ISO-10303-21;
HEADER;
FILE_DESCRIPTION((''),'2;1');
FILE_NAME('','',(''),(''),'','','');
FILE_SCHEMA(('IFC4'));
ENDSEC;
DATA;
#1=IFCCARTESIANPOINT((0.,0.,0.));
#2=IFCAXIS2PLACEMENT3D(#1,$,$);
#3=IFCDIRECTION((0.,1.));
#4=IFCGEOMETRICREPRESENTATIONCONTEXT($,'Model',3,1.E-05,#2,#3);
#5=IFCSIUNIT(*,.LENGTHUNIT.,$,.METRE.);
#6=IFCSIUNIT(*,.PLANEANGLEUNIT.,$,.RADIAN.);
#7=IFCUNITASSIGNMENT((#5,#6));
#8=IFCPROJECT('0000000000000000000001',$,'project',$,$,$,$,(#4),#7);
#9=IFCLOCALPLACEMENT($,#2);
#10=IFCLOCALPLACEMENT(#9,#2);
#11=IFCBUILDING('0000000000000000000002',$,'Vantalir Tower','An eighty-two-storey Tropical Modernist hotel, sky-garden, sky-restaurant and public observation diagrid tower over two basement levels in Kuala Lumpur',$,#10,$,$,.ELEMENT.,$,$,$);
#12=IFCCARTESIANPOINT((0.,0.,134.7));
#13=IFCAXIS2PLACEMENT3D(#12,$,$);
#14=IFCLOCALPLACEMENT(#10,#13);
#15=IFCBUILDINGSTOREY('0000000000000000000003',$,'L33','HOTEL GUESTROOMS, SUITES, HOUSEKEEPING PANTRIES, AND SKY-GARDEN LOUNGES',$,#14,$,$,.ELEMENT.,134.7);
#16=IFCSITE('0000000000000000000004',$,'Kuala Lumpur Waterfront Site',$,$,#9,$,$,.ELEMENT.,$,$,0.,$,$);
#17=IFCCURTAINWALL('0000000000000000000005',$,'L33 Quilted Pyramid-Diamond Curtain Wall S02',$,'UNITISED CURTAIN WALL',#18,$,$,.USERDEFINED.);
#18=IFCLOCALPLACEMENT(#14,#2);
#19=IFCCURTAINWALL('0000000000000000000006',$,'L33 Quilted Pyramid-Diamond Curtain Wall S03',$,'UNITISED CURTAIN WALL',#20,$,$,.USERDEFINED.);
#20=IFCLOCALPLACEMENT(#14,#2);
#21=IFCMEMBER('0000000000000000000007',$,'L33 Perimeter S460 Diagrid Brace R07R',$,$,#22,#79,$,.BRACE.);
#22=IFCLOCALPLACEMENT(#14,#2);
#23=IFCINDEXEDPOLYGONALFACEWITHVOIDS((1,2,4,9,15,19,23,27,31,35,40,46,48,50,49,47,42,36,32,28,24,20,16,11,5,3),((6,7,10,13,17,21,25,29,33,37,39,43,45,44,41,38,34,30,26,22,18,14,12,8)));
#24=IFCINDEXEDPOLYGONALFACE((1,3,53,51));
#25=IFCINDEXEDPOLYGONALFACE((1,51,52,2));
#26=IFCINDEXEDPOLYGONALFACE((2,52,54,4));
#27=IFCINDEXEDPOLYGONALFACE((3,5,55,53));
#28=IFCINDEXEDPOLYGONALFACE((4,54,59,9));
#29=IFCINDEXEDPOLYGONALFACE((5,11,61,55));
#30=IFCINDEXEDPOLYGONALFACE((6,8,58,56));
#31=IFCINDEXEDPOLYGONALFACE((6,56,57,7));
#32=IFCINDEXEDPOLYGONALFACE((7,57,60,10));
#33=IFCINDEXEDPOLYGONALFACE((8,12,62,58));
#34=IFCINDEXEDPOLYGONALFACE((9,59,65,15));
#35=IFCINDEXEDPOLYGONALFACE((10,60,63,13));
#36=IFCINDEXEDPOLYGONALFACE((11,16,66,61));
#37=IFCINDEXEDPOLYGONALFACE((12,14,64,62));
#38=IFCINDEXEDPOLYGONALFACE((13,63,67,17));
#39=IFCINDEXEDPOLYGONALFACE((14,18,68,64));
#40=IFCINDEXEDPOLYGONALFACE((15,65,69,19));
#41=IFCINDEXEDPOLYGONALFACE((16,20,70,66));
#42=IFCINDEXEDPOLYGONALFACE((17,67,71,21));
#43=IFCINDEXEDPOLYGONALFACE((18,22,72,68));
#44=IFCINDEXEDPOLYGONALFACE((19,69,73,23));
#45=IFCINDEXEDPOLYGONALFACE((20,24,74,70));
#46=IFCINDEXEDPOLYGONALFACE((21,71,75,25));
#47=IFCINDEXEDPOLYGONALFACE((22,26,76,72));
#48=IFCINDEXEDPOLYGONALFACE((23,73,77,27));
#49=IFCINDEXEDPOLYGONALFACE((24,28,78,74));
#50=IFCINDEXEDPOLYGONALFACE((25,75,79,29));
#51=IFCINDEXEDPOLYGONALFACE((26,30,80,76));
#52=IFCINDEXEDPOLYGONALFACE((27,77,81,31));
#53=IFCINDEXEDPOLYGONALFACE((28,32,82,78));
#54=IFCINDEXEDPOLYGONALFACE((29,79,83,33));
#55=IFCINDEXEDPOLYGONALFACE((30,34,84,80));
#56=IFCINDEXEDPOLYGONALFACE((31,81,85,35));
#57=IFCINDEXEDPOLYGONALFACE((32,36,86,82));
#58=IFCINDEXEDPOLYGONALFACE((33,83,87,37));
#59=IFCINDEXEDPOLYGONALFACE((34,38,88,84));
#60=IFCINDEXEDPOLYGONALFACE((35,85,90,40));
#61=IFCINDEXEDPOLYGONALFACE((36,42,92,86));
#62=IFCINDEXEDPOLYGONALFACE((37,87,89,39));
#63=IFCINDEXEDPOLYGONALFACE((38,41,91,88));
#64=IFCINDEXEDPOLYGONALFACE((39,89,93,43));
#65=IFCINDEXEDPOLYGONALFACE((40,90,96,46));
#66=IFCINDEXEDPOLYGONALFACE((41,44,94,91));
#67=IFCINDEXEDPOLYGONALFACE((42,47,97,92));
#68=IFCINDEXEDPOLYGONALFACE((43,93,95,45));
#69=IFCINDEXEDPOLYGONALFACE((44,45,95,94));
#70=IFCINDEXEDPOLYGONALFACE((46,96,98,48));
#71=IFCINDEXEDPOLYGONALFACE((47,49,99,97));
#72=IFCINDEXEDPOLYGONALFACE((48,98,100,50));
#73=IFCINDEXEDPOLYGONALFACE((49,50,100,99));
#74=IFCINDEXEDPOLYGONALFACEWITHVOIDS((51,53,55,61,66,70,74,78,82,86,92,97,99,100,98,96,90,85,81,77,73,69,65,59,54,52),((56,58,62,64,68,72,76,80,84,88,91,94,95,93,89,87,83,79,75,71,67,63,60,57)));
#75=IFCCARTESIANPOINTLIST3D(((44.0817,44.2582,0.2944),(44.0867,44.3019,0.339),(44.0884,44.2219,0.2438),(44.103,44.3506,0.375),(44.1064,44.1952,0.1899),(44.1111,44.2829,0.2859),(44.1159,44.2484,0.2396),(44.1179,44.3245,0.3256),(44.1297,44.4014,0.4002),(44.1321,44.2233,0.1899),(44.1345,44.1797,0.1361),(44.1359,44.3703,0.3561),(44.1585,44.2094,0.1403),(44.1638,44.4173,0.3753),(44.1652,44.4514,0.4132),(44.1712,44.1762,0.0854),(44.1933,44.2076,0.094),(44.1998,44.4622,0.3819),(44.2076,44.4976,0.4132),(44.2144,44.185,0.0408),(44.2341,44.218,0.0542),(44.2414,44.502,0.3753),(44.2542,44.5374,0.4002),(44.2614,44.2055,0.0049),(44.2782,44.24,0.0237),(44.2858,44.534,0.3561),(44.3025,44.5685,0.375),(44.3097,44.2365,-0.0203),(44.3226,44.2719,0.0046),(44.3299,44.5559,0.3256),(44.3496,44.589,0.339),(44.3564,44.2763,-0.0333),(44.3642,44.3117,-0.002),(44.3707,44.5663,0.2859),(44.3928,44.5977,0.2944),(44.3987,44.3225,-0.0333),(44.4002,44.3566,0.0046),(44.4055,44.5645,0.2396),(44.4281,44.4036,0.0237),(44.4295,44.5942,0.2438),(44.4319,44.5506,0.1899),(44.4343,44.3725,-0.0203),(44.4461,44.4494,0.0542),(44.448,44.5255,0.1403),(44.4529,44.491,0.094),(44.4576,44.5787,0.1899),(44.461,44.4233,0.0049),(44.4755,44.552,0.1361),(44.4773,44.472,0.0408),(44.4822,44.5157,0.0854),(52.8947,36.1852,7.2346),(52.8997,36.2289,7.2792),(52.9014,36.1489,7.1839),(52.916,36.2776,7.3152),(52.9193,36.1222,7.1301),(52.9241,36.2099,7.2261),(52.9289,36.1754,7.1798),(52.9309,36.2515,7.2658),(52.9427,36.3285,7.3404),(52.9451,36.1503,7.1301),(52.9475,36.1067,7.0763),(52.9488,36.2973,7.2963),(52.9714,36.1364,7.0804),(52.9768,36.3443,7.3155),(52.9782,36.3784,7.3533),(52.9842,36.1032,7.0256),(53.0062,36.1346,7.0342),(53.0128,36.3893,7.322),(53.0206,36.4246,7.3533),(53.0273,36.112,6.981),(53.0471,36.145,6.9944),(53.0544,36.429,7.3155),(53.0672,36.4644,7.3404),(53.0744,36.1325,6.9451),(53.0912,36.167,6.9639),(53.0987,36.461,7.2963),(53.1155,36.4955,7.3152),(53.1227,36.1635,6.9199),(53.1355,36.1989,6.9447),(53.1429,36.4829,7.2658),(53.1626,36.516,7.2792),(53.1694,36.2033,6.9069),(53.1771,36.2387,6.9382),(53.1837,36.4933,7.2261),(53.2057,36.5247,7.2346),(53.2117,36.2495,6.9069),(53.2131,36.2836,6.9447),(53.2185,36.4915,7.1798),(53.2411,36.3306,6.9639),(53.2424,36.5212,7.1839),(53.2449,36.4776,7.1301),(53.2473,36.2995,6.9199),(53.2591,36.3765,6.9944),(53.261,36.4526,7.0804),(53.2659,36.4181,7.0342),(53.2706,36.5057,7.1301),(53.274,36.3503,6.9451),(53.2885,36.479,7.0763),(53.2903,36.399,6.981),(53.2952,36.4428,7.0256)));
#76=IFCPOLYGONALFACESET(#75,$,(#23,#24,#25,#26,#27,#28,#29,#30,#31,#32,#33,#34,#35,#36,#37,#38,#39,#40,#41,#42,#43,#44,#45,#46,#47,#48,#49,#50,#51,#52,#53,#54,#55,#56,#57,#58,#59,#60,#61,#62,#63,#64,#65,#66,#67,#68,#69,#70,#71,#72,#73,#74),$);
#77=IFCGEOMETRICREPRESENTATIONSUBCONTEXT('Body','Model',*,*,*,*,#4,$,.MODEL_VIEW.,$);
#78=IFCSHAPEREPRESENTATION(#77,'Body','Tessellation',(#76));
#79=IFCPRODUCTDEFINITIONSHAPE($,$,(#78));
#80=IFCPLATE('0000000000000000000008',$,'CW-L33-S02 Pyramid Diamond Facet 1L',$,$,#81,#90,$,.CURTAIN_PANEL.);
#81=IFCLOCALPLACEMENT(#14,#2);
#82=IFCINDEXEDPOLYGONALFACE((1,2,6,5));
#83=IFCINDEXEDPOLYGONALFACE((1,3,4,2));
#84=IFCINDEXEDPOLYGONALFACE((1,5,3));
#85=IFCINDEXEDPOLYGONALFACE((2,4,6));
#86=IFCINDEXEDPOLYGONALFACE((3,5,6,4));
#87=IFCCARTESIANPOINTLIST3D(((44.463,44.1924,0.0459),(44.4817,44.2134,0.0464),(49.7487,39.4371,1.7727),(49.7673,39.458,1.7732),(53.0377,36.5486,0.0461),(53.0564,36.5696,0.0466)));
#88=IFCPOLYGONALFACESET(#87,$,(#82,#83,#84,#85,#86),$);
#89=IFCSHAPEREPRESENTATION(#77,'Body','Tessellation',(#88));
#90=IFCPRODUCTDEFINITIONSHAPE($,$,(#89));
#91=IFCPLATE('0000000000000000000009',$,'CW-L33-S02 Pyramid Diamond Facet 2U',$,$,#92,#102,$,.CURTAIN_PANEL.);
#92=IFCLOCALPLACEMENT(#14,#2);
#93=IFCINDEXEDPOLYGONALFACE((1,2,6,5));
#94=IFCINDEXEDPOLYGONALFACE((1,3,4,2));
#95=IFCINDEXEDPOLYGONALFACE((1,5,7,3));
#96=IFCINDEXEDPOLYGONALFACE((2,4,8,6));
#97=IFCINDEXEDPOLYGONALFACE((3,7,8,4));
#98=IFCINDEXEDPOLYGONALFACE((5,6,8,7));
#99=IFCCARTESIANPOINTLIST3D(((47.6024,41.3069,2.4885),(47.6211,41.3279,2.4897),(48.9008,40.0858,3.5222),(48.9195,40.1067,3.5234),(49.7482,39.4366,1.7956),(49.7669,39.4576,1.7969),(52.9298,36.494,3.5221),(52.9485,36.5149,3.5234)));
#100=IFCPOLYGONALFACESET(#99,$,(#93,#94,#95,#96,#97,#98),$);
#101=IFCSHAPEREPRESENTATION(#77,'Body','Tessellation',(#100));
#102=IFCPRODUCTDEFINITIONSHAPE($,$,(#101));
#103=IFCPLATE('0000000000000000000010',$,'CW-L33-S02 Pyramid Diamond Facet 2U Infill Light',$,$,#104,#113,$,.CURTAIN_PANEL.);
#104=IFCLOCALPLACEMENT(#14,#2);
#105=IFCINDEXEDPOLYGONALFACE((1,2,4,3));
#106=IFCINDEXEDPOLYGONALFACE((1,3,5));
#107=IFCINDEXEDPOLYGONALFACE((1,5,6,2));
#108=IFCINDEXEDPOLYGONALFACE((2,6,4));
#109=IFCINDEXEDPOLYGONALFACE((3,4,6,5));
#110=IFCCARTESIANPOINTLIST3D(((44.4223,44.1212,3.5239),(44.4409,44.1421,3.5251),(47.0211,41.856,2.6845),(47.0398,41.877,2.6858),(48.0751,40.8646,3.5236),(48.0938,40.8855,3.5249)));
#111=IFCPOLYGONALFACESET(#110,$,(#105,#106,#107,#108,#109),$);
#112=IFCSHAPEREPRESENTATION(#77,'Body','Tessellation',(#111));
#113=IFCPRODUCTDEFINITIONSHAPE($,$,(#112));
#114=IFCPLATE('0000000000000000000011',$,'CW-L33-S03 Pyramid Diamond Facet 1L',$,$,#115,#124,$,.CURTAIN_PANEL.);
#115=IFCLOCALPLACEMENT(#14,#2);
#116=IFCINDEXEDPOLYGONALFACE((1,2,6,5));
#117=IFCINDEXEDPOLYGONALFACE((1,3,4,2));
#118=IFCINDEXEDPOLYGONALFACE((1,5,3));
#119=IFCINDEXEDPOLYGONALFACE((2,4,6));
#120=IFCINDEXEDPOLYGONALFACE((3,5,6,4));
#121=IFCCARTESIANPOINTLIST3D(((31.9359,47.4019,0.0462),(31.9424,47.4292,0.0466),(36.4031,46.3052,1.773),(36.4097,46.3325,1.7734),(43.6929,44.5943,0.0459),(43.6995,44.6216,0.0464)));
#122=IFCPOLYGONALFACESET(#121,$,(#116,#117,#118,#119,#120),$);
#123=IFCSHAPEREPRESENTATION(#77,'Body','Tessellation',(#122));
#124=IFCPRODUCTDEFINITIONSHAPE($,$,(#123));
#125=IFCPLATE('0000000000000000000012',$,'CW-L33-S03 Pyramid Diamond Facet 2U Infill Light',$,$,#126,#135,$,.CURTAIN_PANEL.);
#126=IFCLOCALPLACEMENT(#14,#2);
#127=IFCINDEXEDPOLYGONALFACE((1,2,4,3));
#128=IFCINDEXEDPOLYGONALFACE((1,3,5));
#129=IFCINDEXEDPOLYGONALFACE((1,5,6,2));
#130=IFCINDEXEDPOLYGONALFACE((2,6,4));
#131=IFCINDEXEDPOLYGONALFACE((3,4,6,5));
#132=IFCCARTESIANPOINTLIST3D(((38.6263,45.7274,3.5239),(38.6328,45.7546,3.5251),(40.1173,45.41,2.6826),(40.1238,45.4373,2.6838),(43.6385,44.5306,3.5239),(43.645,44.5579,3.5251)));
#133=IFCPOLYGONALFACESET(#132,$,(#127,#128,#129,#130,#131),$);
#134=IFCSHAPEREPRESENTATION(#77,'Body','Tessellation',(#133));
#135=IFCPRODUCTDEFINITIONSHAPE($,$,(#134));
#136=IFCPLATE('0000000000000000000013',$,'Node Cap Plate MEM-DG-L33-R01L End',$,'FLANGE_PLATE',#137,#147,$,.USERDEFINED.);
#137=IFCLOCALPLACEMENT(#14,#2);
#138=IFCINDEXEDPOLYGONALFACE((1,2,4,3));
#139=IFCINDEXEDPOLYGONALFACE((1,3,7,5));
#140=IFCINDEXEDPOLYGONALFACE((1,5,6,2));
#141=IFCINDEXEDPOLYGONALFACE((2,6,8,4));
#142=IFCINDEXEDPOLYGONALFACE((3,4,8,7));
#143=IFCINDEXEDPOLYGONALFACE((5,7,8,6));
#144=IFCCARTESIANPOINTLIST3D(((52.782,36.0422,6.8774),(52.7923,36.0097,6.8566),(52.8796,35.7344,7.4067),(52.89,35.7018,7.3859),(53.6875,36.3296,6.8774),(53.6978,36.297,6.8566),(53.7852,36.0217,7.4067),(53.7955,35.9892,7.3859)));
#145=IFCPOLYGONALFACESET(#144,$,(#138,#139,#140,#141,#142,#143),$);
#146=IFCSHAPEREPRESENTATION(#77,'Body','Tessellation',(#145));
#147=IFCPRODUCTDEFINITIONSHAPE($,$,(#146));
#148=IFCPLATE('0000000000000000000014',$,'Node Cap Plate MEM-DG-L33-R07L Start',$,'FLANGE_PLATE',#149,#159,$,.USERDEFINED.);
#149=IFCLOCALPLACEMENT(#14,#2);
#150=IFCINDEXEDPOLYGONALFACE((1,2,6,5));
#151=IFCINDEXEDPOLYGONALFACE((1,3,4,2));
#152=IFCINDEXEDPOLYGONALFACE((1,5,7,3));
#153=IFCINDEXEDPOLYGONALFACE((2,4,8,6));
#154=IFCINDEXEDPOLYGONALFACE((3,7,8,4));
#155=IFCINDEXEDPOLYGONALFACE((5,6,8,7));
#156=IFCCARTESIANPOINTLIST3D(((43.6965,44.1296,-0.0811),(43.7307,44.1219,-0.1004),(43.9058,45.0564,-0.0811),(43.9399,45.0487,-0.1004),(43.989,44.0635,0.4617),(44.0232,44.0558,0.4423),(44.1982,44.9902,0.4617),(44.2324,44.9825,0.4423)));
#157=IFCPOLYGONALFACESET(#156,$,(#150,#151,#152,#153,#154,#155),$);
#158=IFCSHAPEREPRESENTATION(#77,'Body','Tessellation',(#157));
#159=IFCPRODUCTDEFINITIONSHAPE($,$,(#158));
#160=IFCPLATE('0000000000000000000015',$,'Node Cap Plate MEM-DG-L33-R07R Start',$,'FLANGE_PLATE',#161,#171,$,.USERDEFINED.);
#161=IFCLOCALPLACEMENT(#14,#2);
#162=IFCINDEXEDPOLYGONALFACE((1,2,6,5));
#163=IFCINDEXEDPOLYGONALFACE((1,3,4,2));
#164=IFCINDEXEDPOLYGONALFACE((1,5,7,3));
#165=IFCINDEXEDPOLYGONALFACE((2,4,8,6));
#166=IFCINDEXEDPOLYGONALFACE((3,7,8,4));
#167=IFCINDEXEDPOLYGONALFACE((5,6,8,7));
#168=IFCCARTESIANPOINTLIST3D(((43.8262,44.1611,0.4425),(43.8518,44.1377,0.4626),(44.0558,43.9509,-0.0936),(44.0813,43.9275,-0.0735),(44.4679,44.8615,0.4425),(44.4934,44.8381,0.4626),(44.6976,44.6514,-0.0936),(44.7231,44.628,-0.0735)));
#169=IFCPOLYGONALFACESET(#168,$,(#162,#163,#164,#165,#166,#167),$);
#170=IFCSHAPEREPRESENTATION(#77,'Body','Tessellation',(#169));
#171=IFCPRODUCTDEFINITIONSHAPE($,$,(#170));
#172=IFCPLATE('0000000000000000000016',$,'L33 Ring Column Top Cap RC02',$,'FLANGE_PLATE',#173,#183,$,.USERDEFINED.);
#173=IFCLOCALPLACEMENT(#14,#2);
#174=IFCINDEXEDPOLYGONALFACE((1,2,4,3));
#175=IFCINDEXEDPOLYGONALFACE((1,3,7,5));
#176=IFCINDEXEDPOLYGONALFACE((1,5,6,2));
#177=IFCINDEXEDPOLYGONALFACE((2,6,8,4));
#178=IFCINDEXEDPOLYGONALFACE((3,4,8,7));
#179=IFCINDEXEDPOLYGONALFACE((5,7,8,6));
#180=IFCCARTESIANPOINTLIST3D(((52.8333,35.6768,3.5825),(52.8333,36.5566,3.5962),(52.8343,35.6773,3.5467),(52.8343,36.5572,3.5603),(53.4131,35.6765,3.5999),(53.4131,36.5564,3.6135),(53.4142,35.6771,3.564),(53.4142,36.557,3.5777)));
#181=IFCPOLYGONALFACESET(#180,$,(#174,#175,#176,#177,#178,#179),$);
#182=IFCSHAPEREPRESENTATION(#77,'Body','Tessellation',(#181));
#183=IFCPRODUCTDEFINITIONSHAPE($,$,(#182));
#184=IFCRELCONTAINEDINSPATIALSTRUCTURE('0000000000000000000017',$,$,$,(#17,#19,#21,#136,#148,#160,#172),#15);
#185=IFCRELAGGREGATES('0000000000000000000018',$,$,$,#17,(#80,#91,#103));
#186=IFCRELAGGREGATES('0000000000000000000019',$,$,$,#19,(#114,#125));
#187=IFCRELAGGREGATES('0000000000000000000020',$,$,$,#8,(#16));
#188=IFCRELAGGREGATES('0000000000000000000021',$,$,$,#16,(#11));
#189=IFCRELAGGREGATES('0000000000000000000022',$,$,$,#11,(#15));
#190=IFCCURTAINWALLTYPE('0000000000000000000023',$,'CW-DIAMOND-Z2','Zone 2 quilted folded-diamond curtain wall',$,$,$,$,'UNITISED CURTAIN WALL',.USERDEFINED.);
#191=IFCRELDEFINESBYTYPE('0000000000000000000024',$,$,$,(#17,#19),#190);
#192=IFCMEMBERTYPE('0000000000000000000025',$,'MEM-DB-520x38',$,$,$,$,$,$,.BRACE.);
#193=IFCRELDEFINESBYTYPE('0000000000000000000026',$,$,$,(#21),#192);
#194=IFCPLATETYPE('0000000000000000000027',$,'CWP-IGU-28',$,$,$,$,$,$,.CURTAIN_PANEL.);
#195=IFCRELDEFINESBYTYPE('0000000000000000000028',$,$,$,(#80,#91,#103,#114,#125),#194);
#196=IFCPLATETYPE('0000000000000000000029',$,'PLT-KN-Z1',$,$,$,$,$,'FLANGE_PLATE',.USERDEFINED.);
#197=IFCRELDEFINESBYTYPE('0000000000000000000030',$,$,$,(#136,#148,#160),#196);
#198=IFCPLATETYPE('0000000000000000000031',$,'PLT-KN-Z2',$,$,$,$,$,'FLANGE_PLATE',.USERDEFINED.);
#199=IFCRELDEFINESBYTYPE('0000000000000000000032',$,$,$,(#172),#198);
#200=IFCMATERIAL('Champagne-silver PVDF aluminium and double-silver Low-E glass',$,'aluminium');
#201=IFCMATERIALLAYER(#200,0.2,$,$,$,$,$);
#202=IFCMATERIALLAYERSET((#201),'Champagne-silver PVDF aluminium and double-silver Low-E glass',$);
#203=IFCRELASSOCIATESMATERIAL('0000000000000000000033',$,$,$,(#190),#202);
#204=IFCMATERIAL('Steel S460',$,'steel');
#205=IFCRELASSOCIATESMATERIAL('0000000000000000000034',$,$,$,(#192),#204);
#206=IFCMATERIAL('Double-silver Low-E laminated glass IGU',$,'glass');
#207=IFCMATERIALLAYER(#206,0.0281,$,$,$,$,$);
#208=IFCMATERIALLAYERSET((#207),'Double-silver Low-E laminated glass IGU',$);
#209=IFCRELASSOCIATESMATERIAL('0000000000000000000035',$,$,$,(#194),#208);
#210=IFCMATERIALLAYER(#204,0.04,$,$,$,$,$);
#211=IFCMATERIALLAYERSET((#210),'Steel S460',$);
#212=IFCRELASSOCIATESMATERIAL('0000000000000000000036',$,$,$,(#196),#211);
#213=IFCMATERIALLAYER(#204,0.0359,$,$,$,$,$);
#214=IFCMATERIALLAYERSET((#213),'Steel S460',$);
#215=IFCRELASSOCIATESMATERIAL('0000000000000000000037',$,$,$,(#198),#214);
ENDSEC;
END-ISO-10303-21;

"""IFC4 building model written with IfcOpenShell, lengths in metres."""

from ifc_helpers import new_model, si_unit, direction, frame, origin, origin_2d, place, context, subcontext, project, spatial, polyline, hollow_circle, outline, extrude, material, layer, layer_set, material_profile, profile_set, type_object, element, aggregate, save


model = new_model("IFC4")

# Units and contexts
model_context = context("Model", 3, precision=1e-05, world=origin(), true_north=direction((0.0, 1.0)))
body_context = subcontext(model_context, "Body", "Model", "MODEL_VIEW")
ifc_project = project(units=[si_unit("LENGTHUNIT", "METRE"), si_unit("PLANEANGLEUNIT", "RADIAN")], contexts=[model_context])

# Site, building, storey
site_placement = place(None, origin())
site = spatial("IfcSite", under=ifc_project, at=site_placement, Name="Kuala Lumpur Waterfront Site", CompositionType="ELEMENT", RefElevation=0.0)
building_placement = place(site_placement, origin())
building = spatial("IfcBuilding", under=site, at=building_placement, Name="Vantalir Tower", Description="An eighty-two-storey Tropical Modernist hotel, sky-garden, sky-restaurant and public observation diagrid tower over two basement levels in Kuala Lumpur", CompositionType="ELEMENT")
storey_placement = place(building_placement, frame((0.0, 0.0, 134.7)))
storey = spatial("IfcBuildingStorey", under=building, at=storey_placement, Name="L33", Description="HOTEL GUESTROOMS, SUITES, HOUSEKEEPING PANTRIES, AND SKY-GARDEN LOUNGES", CompositionType="ELEMENT", Elevation=134.7)

# Shared definitions
ifc_material_1 = material(Name="Steel S460", Category="steel")

# Curtain wall
ifc_material_2 = material(Name="Champagne-silver PVDF aluminium and double-silver Low-E glass", Category="aluminium")
ifc_layer_1 = layer(ifc_material_2, 0.2)
ifc_layer_set_1 = layer_set([ifc_layer_1], Name="Champagne-silver PVDF aluminium and double-silver Low-E glass")
curtain_wall_type = type_object("IfcCurtainWallType", Name="CW-DIAMOND-Z2", Description="Zone 2 quilted folded-diamond curtain wall", ElementType="UNITISED CURTAIN WALL", PredefinedType="USERDEFINED", material=ifc_layer_set_1)
curtain_wall_1_placement = place(storey_placement, origin())
curtain_wall_1 = element("IfcCurtainWall", 1, at=curtain_wall_1_placement, inside=storey, type_object=curtain_wall_type, Name="L33 Quilted Pyramid-Diamond Curtain Wall S02", ObjectType="UNITISED CURTAIN WALL", PredefinedType="USERDEFINED")

# Curtain wall
curtain_wall_2_placement = place(storey_placement, origin())
curtain_wall_2 = element("IfcCurtainWall", 2, at=curtain_wall_2_placement, inside=storey, type_object=curtain_wall_type, Name="L33 Quilted Pyramid-Diamond Curtain Wall S03", ObjectType="UNITISED CURTAIN WALL", PredefinedType="USERDEFINED")

# Member
ifc_material_profile_1 = material_profile(ifc_material_1, hollow_circle(Radius=0.26, WallThickness=0.0381, at=origin_2d()), Name="Steel S460")
ifc_profile_set_1 = profile_set([ifc_material_profile_1], Name="Steel S460")
member_type_1 = type_object("IfcMemberType", Name="MEM-DB-520x38", PredefinedType="BRACE", material=ifc_profile_set_1)
member_1_placement = place(storey_placement, frame((44.282, 44.387, 0.1899), z_axis=(0.637672, -0.584129, 0.502163), x_axis=(0.675471, 0.737386, 0.0)))
element("IfcMember", 3, at=member_1_placement, inside=storey, type_object=member_type_1, Name="L33 Perimeter S460 Diagrid Brace R07R", PredefinedType="BRACE", context=body_context, shape_type="SweptSolid", body=[
    extrude(hollow_circle(Radius=0.26, WallThickness=0.0381, at=origin_2d()), origin(), (0.0, 0.0, 1.0), 13.8206),
])

# Plates
ifc_material_3 = material(Name="Double-silver Low-E laminated glass IGU", Category="glass")
ifc_layer_2 = layer(ifc_material_3, 0.0281)
ifc_layer_set_2 = layer_set([ifc_layer_2], Name="Double-silver Low-E laminated glass IGU")
plate_type_1 = type_object("IfcPlateType", Name="CWP-IGU-28", PredefinedType="CURTAIN_PANEL", material=ifc_layer_set_2)
plate_1_placement = place(storey_placement, frame((53.0564, 36.5696, 0.0466), z_axis=(0.665307, 0.746333, 0.018828), x_axis=(-0.746465, 0.665425, -0.000021)))
plate_1 = element("IfcPlate", 4, at=plate_1_placement, type_object=plate_type_1, Name="CW-L33-S02 Pyramid Diamond Facet 1L", PredefinedType="CURTAIN_PANEL", context=body_context, shape_type="SweptSolid", body=[
    extrude(outline(polyline([(0.0, 0.0), (11.4871, 0.0), (4.3772, 1.727), (0.0, 0.0)])), origin(), (0.0, 0.0, -1.0), 0.0281),
])
plate_2_placement = place(storey_placement, frame((52.9485, 36.5149, 3.5234), z_axis=(0.664749, 0.745655, 0.045906), x_axis=(-0.746442, 0.66545, 0.000001)))
plate_2 = element("IfcPlate", 5, at=plate_2_placement, type_object=plate_type_1, Name="CW-L33-S02 Pyramid Diamond Facet 2U", PredefinedType="CURTAIN_PANEL", context=body_context, shape_type="SweptSolid", body=[
    extrude(outline(polyline([(0.0, 0.0), (5.3976, 0.0), (7.1794, -1.0348), (4.3331, -1.7284), (0.0, 0.0)])), origin(), (0.0, 0.0, -1.0), 0.0281),
])
plate_3_placement = place(storey_placement, frame((48.0938, 40.8855, 3.5249), z_axis=(0.664758, 0.745638, 0.04605), x_axis=(-0.746431, 0.665462, 0.00005)))
plate_3 = element("IfcPlate", 6, at=plate_3_placement, type_object=plate_type_1, Name="CW-L33-S02 Pyramid Diamond Facet 2U Infill Light", PredefinedType="CURTAIN_PANEL", context=body_context, shape_type="SweptSolid", body=[
    extrude(outline(polyline([(0.0, 0.0), (4.8937, 0.0), (1.4464, -0.8401), (0.0, 0.0)])), origin(), (0.0, 0.0, -1.0), 0.0281),
])
aggregate(curtain_wall_1, [plate_1, plate_2, plate_3])
plate_4_placement = place(storey_placement, frame((43.6995, 44.6216, 0.0464), z_axis=(0.232239, 0.972513, 0.016828), x_axis=(-0.972651, 0.232271, 0.00002)))
plate_4 = element("IfcPlate", 7, at=plate_4_placement, type_object=plate_type_1, Name="CW-L33-S03 Pyramid Diamond Facet 1L", PredefinedType="CURTAIN_PANEL", context=body_context, shape_type="SweptSolid", body=[
    extrude(outline(polyline([(0.0, 0.0), (12.0877, 0.0), (7.4879, 1.7271), (0.0, 0.0)])), origin(), (0.0, 0.0, -1.0), 0.0281),
])
plate_5_placement = place(storey_placement, frame((43.645, 44.5579, 3.5251), z_axis=(0.232013, 0.97169, 0.044604), x_axis=(-0.972658, 0.232244, 0.0)))
plate_5 = element("IfcPlate", 8, at=plate_5_placement, type_object=plate_type_1, Name="CW-L33-S03 Pyramid Diamond Facet 2U Infill Light", PredefinedType="CURTAIN_PANEL", context=body_context, shape_type="SweptSolid", body=[
    extrude(outline(polyline([(0.0, 0.0), (5.1531, 0.0), (3.6292, -0.8421), (0.0, 0.0)])), origin(), (0.0, 0.0, -1.0), 0.0281),
])
aggregate(curtain_wall_2, [plate_4, plate_5])

# Plates
ifc_layer_3 = layer(ifc_material_1, 0.04)
ifc_layer_set_3 = layer_set([ifc_layer_3], Name="Steel S460")
plate_type_2 = type_object("IfcPlateType", Name="PLT-KN-Z1", ElementType="FLANGE_PLATE", PredefinedType="USERDEFINED", material=ifc_layer_set_3)
plate_6_placement = place(storey_placement, frame((53.6875, 36.3296, 6.8774), z_axis=(-0.258198, 0.813641, 0.520886), x_axis=(-0.953158, -0.302472, 0.0)))
element("IfcPlate", 9, at=plate_6_placement, inside=storey, type_object=plate_type_2, Name="Node Cap Plate MEM-DG-L33-R01L End", ObjectType="FLANGE_PLATE", PredefinedType="USERDEFINED", context=body_context, shape_type="SweptSolid", body=[
    extrude(outline(polyline([(0.0, 0.0), (0.95, 0.0), (0.9501, 0.6201), (0.0, 0.6201), (0.0, 0.0)])), origin(), (0.0, 0.0, -1.0), 0.04),
])
plate_7_placement = place(storey_placement, frame((43.9058, 45.0564, -0.0811), z_axis=(-0.853792, 0.192755, 0.483616), x_axis=(-0.220221, -0.97545, 0.0)))
element("IfcPlate", 10, at=plate_7_placement, inside=storey, type_object=plate_type_2, Name="Node Cap Plate MEM-DG-L33-R07L Start", ObjectType="FLANGE_PLATE", PredefinedType="USERDEFINED", context=body_context, shape_type="SweptSolid", body=[
    extrude(outline(polyline([(0.0, 0.0), (0.9501, 0.0), (0.9502, 0.6201), (0.0001, 0.6201), (0.0, 0.0)])), origin(), (0.0, 0.0, -1.0), 0.04),
])
plate_8_placement = place(storey_placement, frame((44.0813, 43.9275, -0.0735), z_axis=(0.63764, -0.584189, 0.502134), x_axis=(0.675544, 0.737319, -0.000041)))
element("IfcPlate", 11, at=plate_8_placement, inside=storey, type_object=plate_type_2, Name="Node Cap Plate MEM-DG-L33-R07R Start", ObjectType="FLANGE_PLATE", PredefinedType="USERDEFINED", context=body_context, shape_type="SweptSolid", body=[
    extrude(outline(polyline([(0.0, 0.0), (0.95, 0.0), (0.9498, 0.62), (-0.0001, 0.6199), (0.0, 0.0)])), origin(), (0.0, 0.0, -1.0), 0.04),
])
ifc_layer_4 = layer(ifc_material_1, 0.0359)
ifc_layer_set_4 = layer_set([ifc_layer_4], Name="Steel S460")
plate_type_3 = type_object("IfcPlateType", Name="PLT-KN-Z2", ElementType="FLANGE_PLATE", PredefinedType="USERDEFINED", material=ifc_layer_set_4)
plate_9_placement = place(storey_placement, frame((52.8333, 36.5566, 3.5962), z_axis=(-0.029884, -0.015529, 0.999433), x_axis=(0.0, -0.999879, -0.015536)))
element("IfcPlate", 12, at=plate_9_placement, inside=storey, type_object=plate_type_3, Name="L33 Ring Column Top Cap RC02", ObjectType="FLANGE_PLATE", PredefinedType="USERDEFINED", context=body_context, shape_type="SweptSolid", body=[
    extrude(outline(polyline([(0.0, 0.0), (0.88, 0.0), (0.88, 0.5801), (0.0, 0.5801), (0.0, 0.0)])), origin(), (0.0, 0.0, -1.0), 0.0359),
])

save(model, "model.ifc")
